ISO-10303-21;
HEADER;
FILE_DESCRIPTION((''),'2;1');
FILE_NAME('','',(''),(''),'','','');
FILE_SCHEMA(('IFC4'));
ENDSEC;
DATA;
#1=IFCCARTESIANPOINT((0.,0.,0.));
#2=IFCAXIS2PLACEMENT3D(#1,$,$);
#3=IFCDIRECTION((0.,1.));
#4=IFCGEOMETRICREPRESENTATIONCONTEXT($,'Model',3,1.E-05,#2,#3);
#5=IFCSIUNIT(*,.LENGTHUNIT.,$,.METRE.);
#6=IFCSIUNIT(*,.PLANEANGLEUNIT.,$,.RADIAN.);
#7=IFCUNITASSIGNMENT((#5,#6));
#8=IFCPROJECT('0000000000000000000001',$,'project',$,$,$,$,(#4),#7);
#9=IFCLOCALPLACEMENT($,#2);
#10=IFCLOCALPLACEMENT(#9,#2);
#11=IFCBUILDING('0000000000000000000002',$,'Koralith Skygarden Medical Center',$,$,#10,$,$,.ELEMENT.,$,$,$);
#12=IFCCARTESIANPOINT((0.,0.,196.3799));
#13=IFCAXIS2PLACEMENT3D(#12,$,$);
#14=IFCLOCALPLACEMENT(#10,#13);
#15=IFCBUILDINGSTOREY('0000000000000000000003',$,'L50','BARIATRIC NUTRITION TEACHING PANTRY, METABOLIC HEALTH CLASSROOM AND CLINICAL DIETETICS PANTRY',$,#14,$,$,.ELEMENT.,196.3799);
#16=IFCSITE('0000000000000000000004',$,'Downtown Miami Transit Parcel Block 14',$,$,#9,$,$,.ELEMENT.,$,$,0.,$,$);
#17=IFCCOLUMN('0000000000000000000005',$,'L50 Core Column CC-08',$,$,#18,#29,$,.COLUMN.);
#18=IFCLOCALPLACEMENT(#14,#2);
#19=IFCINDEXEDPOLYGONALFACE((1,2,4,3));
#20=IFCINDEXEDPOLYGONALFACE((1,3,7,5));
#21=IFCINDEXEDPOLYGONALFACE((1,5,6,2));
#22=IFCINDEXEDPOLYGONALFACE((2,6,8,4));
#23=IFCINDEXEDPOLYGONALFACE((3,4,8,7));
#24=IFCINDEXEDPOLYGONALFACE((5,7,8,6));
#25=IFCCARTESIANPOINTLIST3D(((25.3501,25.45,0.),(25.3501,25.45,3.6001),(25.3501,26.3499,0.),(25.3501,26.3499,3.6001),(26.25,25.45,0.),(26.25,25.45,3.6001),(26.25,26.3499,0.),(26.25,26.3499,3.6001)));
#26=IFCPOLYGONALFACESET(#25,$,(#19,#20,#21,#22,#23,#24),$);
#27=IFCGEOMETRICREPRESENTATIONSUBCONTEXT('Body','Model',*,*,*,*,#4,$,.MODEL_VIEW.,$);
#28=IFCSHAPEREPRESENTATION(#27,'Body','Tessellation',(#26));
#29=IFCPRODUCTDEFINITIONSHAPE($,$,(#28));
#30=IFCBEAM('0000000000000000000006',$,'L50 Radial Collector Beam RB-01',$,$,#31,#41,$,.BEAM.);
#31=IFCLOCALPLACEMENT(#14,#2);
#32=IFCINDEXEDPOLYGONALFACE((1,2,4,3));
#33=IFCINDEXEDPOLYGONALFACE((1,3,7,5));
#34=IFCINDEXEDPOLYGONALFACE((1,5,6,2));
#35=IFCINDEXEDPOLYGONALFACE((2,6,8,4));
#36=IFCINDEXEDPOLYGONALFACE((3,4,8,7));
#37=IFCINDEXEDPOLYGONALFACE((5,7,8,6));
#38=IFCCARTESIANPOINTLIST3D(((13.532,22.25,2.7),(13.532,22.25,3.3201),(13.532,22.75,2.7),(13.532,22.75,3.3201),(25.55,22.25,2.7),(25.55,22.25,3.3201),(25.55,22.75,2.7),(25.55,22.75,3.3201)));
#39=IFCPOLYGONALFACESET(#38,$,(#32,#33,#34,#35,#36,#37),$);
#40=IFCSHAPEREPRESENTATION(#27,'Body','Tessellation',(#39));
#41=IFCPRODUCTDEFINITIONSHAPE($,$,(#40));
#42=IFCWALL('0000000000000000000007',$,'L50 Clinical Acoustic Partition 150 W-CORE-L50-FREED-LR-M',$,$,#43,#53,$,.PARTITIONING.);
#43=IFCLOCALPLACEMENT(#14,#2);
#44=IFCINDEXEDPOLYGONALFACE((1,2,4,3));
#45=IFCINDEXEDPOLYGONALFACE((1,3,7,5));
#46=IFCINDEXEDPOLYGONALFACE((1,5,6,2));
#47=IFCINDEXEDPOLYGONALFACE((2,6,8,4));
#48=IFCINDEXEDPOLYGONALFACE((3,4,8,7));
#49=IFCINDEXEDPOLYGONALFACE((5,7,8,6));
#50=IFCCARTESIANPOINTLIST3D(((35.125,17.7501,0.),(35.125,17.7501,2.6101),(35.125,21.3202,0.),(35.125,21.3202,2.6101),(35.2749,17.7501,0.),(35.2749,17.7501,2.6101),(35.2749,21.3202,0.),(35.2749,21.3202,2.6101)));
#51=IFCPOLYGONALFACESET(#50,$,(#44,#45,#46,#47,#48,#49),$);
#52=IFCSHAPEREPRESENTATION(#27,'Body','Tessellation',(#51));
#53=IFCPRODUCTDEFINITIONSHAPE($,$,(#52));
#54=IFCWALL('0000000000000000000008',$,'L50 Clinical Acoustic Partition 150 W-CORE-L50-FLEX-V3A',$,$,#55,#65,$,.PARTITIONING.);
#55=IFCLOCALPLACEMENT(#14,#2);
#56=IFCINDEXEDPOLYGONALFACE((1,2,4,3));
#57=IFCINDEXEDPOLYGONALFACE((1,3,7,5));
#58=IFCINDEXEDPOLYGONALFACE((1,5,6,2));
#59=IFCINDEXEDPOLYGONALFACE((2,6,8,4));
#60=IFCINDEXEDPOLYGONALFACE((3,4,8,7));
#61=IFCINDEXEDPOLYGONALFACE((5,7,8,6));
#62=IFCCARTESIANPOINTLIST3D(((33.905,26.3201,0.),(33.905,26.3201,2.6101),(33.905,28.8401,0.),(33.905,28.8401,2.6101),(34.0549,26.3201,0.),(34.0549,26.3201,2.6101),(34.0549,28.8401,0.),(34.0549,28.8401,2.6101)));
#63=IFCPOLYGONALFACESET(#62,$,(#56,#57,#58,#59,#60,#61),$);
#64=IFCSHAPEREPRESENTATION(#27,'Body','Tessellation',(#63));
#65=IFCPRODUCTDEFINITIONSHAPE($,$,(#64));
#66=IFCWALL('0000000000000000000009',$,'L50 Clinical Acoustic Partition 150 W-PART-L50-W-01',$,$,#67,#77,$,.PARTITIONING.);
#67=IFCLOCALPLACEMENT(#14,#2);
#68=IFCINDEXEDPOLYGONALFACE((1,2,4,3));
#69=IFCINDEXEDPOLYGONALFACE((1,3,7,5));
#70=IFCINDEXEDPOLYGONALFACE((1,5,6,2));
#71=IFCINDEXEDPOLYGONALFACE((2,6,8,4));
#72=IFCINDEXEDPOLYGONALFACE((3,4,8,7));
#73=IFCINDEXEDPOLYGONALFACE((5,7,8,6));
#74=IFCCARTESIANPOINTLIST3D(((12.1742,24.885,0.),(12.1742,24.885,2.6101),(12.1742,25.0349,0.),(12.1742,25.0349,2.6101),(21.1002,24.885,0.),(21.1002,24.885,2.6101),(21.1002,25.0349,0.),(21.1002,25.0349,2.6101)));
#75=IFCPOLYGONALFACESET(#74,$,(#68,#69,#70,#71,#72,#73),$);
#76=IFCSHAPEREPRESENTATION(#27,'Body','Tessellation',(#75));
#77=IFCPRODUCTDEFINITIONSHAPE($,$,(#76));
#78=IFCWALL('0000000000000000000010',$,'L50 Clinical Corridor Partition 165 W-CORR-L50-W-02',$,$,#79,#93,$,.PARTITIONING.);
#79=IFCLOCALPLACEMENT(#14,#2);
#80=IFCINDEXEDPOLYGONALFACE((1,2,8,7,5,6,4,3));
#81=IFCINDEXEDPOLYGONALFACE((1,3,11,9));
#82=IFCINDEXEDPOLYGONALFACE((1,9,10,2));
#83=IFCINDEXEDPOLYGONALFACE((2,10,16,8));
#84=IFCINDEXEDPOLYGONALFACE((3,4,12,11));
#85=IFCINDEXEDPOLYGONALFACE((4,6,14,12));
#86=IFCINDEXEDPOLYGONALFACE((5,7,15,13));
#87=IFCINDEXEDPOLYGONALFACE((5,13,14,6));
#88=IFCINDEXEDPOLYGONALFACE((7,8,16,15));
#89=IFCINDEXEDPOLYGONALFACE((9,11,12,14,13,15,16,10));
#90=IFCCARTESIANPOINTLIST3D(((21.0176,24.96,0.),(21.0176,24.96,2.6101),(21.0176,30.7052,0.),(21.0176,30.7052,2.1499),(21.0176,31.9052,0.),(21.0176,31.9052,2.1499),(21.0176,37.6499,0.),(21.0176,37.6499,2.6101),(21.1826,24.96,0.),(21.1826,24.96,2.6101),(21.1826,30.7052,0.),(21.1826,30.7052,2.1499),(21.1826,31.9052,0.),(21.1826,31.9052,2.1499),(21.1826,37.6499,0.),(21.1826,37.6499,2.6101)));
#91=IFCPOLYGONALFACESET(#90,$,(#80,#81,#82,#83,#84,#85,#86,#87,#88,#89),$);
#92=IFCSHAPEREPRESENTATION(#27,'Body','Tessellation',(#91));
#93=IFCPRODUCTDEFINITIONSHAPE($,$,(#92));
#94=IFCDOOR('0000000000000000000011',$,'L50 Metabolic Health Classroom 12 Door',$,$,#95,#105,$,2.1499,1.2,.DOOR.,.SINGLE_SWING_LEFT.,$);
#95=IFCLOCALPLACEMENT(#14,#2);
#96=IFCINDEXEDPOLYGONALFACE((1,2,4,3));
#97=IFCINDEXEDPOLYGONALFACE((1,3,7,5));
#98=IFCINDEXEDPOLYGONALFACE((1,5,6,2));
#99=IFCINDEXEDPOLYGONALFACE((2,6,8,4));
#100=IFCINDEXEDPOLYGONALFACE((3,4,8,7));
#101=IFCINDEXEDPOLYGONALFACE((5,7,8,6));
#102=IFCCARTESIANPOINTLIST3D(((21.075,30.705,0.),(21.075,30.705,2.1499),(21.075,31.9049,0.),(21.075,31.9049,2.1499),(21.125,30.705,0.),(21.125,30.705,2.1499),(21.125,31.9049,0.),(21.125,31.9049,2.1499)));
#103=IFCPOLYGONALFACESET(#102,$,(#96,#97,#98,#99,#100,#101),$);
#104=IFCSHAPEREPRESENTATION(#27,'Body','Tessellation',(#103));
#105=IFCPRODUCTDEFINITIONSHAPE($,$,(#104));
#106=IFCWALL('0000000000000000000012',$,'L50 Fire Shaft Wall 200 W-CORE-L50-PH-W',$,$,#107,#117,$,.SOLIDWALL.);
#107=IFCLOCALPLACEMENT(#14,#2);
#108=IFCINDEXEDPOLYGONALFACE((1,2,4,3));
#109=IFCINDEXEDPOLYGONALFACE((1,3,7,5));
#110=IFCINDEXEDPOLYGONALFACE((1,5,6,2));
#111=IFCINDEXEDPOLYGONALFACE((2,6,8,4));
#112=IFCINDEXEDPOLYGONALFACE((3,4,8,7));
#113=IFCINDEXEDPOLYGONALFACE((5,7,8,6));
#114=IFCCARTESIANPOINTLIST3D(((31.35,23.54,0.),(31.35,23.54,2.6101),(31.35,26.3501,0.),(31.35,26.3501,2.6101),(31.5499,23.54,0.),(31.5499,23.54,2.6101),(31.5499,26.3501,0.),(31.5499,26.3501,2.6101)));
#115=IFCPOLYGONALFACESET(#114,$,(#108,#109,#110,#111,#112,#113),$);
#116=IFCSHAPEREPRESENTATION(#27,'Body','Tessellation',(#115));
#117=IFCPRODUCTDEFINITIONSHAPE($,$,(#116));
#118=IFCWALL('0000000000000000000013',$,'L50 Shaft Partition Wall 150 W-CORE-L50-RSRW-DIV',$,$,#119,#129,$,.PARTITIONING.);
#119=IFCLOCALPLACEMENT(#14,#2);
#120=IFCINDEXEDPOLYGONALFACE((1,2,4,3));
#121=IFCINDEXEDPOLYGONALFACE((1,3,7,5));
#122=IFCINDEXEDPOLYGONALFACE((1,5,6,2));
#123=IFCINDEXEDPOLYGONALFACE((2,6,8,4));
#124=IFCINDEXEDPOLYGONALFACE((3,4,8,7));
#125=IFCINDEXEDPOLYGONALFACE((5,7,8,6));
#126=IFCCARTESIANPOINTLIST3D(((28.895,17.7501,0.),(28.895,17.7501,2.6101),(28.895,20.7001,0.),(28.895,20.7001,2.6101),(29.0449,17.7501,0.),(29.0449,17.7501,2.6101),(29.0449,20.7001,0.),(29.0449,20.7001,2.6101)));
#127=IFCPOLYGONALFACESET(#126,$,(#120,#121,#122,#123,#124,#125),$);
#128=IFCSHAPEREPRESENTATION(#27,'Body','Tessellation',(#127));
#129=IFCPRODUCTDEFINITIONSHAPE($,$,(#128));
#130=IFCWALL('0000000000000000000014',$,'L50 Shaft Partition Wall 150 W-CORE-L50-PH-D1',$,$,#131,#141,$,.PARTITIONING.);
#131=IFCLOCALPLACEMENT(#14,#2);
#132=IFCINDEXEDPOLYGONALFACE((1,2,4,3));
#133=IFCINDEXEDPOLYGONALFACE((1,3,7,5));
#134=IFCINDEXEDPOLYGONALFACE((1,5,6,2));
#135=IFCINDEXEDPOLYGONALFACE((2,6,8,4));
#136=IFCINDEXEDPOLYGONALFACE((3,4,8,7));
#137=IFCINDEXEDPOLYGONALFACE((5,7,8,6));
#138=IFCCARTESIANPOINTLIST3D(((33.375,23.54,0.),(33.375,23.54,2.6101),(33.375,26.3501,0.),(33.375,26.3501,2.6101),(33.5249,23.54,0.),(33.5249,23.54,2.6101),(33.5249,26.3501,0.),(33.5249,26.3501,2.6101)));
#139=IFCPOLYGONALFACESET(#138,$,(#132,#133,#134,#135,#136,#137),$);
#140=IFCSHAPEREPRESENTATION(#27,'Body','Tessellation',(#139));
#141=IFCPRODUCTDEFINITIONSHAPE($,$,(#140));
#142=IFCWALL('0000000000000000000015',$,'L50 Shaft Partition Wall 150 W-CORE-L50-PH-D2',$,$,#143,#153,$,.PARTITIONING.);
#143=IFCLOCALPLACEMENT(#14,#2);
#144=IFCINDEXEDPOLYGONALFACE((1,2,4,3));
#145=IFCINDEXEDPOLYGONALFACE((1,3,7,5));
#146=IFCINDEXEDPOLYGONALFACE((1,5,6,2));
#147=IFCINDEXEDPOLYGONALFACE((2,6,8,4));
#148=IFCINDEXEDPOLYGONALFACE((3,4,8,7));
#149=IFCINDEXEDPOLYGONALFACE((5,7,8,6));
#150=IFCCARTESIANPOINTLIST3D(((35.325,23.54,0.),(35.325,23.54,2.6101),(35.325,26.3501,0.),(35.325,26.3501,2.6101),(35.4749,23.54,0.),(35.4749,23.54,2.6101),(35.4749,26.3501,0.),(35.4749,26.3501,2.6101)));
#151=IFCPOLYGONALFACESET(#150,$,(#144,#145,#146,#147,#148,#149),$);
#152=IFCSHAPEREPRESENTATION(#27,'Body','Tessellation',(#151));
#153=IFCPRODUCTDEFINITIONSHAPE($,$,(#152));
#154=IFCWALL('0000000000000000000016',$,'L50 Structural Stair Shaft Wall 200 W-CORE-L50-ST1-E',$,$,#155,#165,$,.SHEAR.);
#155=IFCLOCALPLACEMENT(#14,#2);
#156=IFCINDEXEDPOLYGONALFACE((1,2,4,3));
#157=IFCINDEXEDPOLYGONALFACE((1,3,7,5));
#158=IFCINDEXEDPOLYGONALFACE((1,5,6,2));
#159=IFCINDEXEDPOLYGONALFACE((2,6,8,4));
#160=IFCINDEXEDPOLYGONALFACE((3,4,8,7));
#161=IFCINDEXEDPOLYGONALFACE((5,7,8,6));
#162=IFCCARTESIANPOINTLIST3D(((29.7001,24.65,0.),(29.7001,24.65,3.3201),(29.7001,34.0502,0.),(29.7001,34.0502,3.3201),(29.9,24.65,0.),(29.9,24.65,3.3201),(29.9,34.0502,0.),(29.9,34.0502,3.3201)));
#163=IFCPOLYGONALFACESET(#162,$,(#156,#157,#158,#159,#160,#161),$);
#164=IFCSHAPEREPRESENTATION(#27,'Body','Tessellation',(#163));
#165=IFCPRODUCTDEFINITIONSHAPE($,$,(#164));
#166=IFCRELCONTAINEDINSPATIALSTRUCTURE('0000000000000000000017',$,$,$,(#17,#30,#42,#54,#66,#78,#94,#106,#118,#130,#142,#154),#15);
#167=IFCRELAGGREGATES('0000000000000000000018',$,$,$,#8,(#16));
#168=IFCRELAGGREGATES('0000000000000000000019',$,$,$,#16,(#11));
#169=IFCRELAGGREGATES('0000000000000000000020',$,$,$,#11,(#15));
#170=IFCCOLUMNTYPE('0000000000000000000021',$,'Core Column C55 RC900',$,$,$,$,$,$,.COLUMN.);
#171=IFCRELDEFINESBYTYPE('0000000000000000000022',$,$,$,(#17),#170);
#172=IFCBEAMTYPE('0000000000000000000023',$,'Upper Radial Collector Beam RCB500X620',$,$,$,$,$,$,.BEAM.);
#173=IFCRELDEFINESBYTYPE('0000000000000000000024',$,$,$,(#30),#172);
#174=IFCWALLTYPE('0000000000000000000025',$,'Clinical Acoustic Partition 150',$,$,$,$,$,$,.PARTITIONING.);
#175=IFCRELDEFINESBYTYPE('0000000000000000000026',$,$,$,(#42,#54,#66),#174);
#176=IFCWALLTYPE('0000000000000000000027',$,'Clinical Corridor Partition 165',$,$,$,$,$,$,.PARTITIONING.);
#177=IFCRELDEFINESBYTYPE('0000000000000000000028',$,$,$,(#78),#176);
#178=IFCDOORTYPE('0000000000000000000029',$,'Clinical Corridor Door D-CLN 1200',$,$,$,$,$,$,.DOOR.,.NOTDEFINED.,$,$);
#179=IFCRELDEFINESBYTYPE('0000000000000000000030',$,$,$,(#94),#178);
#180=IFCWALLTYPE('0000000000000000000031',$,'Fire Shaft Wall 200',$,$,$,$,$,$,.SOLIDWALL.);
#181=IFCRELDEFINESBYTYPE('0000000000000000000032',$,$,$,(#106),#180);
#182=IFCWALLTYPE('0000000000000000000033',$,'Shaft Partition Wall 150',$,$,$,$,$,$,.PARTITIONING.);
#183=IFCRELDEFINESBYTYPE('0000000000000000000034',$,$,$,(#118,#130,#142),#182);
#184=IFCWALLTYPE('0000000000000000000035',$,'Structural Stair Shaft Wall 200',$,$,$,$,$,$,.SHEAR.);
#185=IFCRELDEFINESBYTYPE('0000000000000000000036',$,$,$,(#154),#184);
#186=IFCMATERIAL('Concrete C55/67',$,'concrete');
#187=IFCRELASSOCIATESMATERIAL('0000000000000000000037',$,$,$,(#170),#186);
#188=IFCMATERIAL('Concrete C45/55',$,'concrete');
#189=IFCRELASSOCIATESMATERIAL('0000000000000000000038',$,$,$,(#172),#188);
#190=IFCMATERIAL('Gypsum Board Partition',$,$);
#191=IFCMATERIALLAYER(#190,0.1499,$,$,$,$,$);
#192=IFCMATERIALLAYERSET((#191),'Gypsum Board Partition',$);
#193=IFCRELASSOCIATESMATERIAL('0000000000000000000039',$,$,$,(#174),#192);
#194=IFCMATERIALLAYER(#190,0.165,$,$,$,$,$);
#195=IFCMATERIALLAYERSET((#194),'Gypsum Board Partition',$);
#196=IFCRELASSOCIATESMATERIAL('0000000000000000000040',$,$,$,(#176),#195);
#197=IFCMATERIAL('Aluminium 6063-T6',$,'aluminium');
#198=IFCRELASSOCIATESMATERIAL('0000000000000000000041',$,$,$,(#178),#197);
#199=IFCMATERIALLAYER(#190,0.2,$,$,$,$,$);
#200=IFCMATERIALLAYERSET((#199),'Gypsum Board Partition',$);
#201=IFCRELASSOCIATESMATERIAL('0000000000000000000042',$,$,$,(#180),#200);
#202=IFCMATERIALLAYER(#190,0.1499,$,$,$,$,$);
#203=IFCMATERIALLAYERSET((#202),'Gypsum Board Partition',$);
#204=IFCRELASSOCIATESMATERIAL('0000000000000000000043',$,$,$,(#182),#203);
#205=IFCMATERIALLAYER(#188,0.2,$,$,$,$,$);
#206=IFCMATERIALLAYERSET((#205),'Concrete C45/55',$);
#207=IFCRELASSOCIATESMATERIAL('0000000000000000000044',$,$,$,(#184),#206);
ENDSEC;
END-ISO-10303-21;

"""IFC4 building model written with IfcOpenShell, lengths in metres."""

from ifc_helpers import new_model, si_unit, direction, frame, frame_2d, origin, origin_2d, place, context, subcontext, project, spatial, rectangle, extrude, material, layer, layer_set, material_profile, profile_set, type_object, element, fill, save


model = new_model("IFC4")

# Units and contexts
model_context = context("Model", 3, precision=1e-05, world=origin(), true_north=direction((0.0, 1.0)))
body_context = subcontext(model_context, "Body", "Model", "MODEL_VIEW")
ifc_project = project(units=[si_unit("LENGTHUNIT", "METRE"), si_unit("PLANEANGLEUNIT", "RADIAN")], contexts=[model_context])

# Site, building, storey
site_placement = place(None, origin())
site = spatial("IfcSite", under=ifc_project, at=site_placement, Name="Downtown Miami Transit Parcel Block 14", CompositionType="ELEMENT", RefElevation=0.0)
building_placement = place(site_placement, origin())
building = spatial("IfcBuilding", under=site, at=building_placement, Name="Koralith Skygarden Medical Center", CompositionType="ELEMENT")
storey_placement = place(building_placement, frame((0.0, 0.0, 196.3799)))
storey = spatial("IfcBuildingStorey", under=building, at=storey_placement, Name="L50", Description="BARIATRIC NUTRITION TEACHING PANTRY, METABOLIC HEALTH CLASSROOM AND CLINICAL DIETETICS PANTRY", CompositionType="ELEMENT", Elevation=196.3799)

# Column
ifc_material_1 = material(Name="Concrete C55/67", Category="concrete")
ifc_material_profile_1 = material_profile(ifc_material_1, rectangle(XDim=0.8999, YDim=0.8999, at=origin_2d()), Name="RC900X900")
ifc_profile_set_1 = profile_set([ifc_material_profile_1], Name="Concrete C55/67")
column_type = type_object("IfcColumnType", Name="Core Column C55 RC900", PredefinedType="COLUMN", material=ifc_profile_set_1)
column_placement = place(storey_placement, frame((25.8, 25.8999, 0.0), z_axis=(0.0, 0.0, 1.0), x_axis=(1.0, 0.0, 0.0)))
element("IfcColumn", 1, at=column_placement, inside=storey, type_object=column_type, Name="L50 Core Column CC-08", PredefinedType="COLUMN", context=body_context, shape_type="SweptSolid", body=[
    extrude(rectangle(XDim=0.8999, YDim=0.8999, at=origin_2d()), origin(), (0.0, 0.0, 1.0), 3.6001),
])

# Beam
ifc_material_2 = material(Name="Concrete C45/55", Category="concrete")
ifc_material_profile_2 = material_profile(ifc_material_2, rectangle(XDim=0.5, YDim=0.6201, at=origin_2d()), Name="RCB500X620")
ifc_profile_set_2 = profile_set([ifc_material_profile_2], Name="Concrete C45/55")
beam_type = type_object("IfcBeamType", Name="Upper Radial Collector Beam RCB500X620", PredefinedType="BEAM", material=ifc_profile_set_2)
beam_placement = place(storey_placement, frame((25.55, 22.5, 3.01), z_axis=(-1.0, 0.0, 0.0), x_axis=(0.0, -1.0, 0.0)))
element("IfcBeam", 2, at=beam_placement, inside=storey, type_object=beam_type, Name="L50 Radial Collector Beam RB-01", PredefinedType="BEAM", context=body_context, shape_type="SweptSolid", body=[
    extrude(rectangle(XDim=0.5, YDim=0.6201, at=origin_2d()), origin(), (0.0, 0.0, 1.0), 12.0181),
])

# Shared definitions
ifc_material_3 = material(Name="Gypsum Board Partition")
ifc_layer_1 = layer(ifc_material_3, 0.1499)
ifc_layer_set_1 = layer_set([ifc_layer_1], Name="Gypsum Board Partition")
wall_type_1 = type_object("IfcWallType", Name="Clinical Acoustic Partition 150", PredefinedType="PARTITIONING", material=ifc_layer_set_1)
ifc_material_4 = material(Name="Aluminium 6063-T6", Category="aluminium")

# Walls
wall_1_placement = place(storey_placement, frame((35.2, 17.75, 0.0), z_axis=(0.0, 0.0, 1.0), x_axis=(0.0, 1.0, 0.0)))
element("IfcWall", 3, at=wall_1_placement, inside=storey, type_object=wall_type_1, Name="L50 Clinical Acoustic Partition 150 W-CORE-L50-FREED-LR-M", PredefinedType="PARTITIONING", context=body_context, shape_type="SweptSolid", body=[
    extrude(rectangle(XDim=3.5701, YDim=0.1499, at=frame_2d((1.7852, 0.0))), origin(), (0.0, 0.0, 1.0), 2.6101),
])
wall_2_placement = place(storey_placement, frame((33.98, 26.3201, 0.0), z_axis=(0.0, 0.0, 1.0), x_axis=(0.0, 1.0, 0.0)))
element("IfcWall", 4, at=wall_2_placement, inside=storey, type_object=wall_type_1, Name="L50 Clinical Acoustic Partition 150 W-CORE-L50-FLEX-V3A", PredefinedType="PARTITIONING", context=body_context, shape_type="SweptSolid", body=[
    extrude(rectangle(XDim=2.52, YDim=0.1499, at=frame_2d((1.26, 0.0))), origin(), (0.0, 0.0, 1.0), 2.6101),
])
wall_3_placement = place(storey_placement, frame((21.1001, 24.96, 0.0), z_axis=(0.0, 0.0, 1.0), x_axis=(-1.0, 0.0, 0.0)))
element("IfcWall", 5, at=wall_3_placement, inside=storey, type_object=wall_type_1, Name="L50 Clinical Acoustic Partition 150 W-PART-L50-W-01", PredefinedType="PARTITIONING", context=body_context, shape_type="SweptSolid", body=[
    extrude(rectangle(XDim=8.926, YDim=0.1499, at=frame_2d((4.4629, 0.0))), origin(), (0.0, 0.0, 1.0), 2.6101),
])

# Wall, opening, door
ifc_layer_2 = layer(ifc_material_3, 0.165)
ifc_layer_set_2 = layer_set([ifc_layer_2], Name="Gypsum Board Partition")
wall_type_2 = type_object("IfcWallType", Name="Clinical Corridor Partition 165", PredefinedType="PARTITIONING", material=ifc_layer_set_2)
wall_4_placement = place(storey_placement, frame((21.1001, 24.96, 0.0), z_axis=(0.0, 0.0, 1.0), x_axis=(0.0, 1.0, 0.0)))
wall_4 = element("IfcWall", 6, at=wall_4_placement, inside=storey, type_object=wall_type_2, Name="L50 Clinical Corridor Partition 165 W-CORR-L50-W-02", PredefinedType="PARTITIONING", context=body_context, shape_type="SweptSolid", body=[
    extrude(rectangle(XDim=12.6899, YDim=0.165, at=frame_2d((6.345, 0.0))), origin(), (0.0, 0.0, 1.0), 2.6101),
])
opening_1_placement = place(wall_4_placement, frame((5.7451, 0.0, 0.0)))
opening_1 = element("IfcOpeningElement", 7, at=opening_1_placement, cuts=wall_4, PredefinedType="OPENING", context=body_context, shape_type="SweptSolid", body=[
    extrude(rectangle(XDim=1.2, YDim=2.1499, at=frame_2d((0.6001, 1.075))), frame((0.0, 0.0925, 0.0), z_axis=(0.0, -1.0, 0.0), x_axis=(1.0, 0.0, 0.0)), (0.0, 0.0, 1.0), 0.1851),
])
door_type_1 = type_object("IfcDoorType", Name="Clinical Corridor Door D-CLN 1200", OperationType="NOTDEFINED", PredefinedType="DOOR", material=ifc_material_4)
door_1_placement = place(opening_1_placement, frame((1.2, 0.0, 0.0), z_axis=(0.0, 0.0, 1.0), x_axis=(-1.0, 0.0, 0.0)))
door_1 = element("IfcDoor", 8, at=door_1_placement, inside=storey, type_object=door_type_1, Name="L50 Metabolic Health Classroom 12 Door", OperationType="SINGLE_SWING_LEFT", OverallHeight=2.1499, OverallWidth=1.2, PredefinedType="DOOR", context=body_context, shape_type="SweptSolid", body=[
    extrude(rectangle(XDim=1.2, YDim=2.1499, at=frame_2d((0.6001, 1.075))), frame((0.0, 0.0249, 0.0), z_axis=(0.0, -1.0, 0.0), x_axis=(1.0, 0.0, 0.0)), (0.0, 0.0, 1.0), 0.05),
])
fill(opening_1, door_1)
ifc_layer_3 = layer(ifc_material_3, 0.2)
ifc_layer_set_3 = layer_set([ifc_layer_3], Name="Gypsum Board Partition")
wall_type_3 = type_object("IfcWallType", Name="Fire Shaft Wall 200", PredefinedType="SOLIDWALL", material=ifc_layer_set_3)

# Wall
wall_5_placement = place(storey_placement, frame((31.45, 23.54, 0.0), z_axis=(0.0, 0.0, 1.0), x_axis=(0.0, 1.0, 0.0)))
element("IfcWall", 9, at=wall_5_placement, inside=storey, type_object=wall_type_3, Name="L50 Fire Shaft Wall 200 W-CORE-L50-PH-W", PredefinedType="SOLIDWALL", context=body_context, shape_type="SweptSolid", body=[
    extrude(rectangle(XDim=2.8101, YDim=0.2, at=frame_2d((1.405, 0.0))), origin(), (0.0, 0.0, 1.0), 2.6101),
])

# Walls
ifc_layer_4 = layer(ifc_material_3, 0.1499)
ifc_layer_set_4 = layer_set([ifc_layer_4], Name="Gypsum Board Partition")
wall_type_4 = type_object("IfcWallType", Name="Shaft Partition Wall 150", PredefinedType="PARTITIONING", material=ifc_layer_set_4)
wall_6_placement = place(storey_placement, frame((28.97, 17.75, 0.0), z_axis=(0.0, 0.0, 1.0), x_axis=(0.0, 1.0, 0.0)))
element("IfcWall", 10, at=wall_6_placement, inside=storey, type_object=wall_type_4, Name="L50 Shaft Partition Wall 150 W-CORE-L50-RSRW-DIV", PredefinedType="PARTITIONING", context=body_context, shape_type="SweptSolid", body=[
    extrude(rectangle(XDim=2.95, YDim=0.1499, at=frame_2d((1.4751, 0.0))), origin(), (0.0, 0.0, 1.0), 2.6101),
])
for number, where, z_axis, x_axis, name in (
    (11, (33.45, 23.54, 0.0), (0.0, 0.0, 1.0), (0.0, 1.0, 0.0), "L50 Shaft Partition Wall 150 W-CORE-L50-PH-D1"),
    (12, (35.3999, 23.54, 0.0), (0.0, 0.0, 1.0), (0.0, 1.0, 0.0), "L50 Shaft Partition Wall 150 W-CORE-L50-PH-D2"),
):
    element("IfcWall", number, at=place(storey_placement, frame(where, z_axis=z_axis, x_axis=x_axis)), inside=storey, type_object=wall_type_4, Name=name, PredefinedType="PARTITIONING", context=body_context, shape_type="SweptSolid", body=[
        extrude(rectangle(XDim=2.8101, YDim=0.1499, at=frame_2d((1.405, 0.0))), origin(), (0.0, 0.0, 1.0), 2.6101),
    ])
ifc_layer_5 = layer(ifc_material_2, 0.2)
ifc_layer_set_5 = layer_set([ifc_layer_5], Name="Concrete C45/55")
wall_type_5 = type_object("IfcWallType", Name="Structural Stair Shaft Wall 200", PredefinedType="SHEAR", material=ifc_layer_set_5)
wall_7_placement = place(storey_placement, frame((29.8, 24.6499, 0.0), z_axis=(0.0, 0.0, 1.0), x_axis=(0.0, 1.0, 0.0)))
element("IfcWall", 13, at=wall_7_placement, inside=storey, type_object=wall_type_5, Name="L50 Structural Stair Shaft Wall 200 W-CORE-L50-ST1-E", PredefinedType="SHEAR", context=body_context, shape_type="SweptSolid", body=[
    extrude(rectangle(XDim=9.4001, YDim=0.2, at=frame_2d((4.7002, 0.0))), origin(), (0.0, 0.0, 1.0), 3.3201),
])

save(model, "model.ifc")
